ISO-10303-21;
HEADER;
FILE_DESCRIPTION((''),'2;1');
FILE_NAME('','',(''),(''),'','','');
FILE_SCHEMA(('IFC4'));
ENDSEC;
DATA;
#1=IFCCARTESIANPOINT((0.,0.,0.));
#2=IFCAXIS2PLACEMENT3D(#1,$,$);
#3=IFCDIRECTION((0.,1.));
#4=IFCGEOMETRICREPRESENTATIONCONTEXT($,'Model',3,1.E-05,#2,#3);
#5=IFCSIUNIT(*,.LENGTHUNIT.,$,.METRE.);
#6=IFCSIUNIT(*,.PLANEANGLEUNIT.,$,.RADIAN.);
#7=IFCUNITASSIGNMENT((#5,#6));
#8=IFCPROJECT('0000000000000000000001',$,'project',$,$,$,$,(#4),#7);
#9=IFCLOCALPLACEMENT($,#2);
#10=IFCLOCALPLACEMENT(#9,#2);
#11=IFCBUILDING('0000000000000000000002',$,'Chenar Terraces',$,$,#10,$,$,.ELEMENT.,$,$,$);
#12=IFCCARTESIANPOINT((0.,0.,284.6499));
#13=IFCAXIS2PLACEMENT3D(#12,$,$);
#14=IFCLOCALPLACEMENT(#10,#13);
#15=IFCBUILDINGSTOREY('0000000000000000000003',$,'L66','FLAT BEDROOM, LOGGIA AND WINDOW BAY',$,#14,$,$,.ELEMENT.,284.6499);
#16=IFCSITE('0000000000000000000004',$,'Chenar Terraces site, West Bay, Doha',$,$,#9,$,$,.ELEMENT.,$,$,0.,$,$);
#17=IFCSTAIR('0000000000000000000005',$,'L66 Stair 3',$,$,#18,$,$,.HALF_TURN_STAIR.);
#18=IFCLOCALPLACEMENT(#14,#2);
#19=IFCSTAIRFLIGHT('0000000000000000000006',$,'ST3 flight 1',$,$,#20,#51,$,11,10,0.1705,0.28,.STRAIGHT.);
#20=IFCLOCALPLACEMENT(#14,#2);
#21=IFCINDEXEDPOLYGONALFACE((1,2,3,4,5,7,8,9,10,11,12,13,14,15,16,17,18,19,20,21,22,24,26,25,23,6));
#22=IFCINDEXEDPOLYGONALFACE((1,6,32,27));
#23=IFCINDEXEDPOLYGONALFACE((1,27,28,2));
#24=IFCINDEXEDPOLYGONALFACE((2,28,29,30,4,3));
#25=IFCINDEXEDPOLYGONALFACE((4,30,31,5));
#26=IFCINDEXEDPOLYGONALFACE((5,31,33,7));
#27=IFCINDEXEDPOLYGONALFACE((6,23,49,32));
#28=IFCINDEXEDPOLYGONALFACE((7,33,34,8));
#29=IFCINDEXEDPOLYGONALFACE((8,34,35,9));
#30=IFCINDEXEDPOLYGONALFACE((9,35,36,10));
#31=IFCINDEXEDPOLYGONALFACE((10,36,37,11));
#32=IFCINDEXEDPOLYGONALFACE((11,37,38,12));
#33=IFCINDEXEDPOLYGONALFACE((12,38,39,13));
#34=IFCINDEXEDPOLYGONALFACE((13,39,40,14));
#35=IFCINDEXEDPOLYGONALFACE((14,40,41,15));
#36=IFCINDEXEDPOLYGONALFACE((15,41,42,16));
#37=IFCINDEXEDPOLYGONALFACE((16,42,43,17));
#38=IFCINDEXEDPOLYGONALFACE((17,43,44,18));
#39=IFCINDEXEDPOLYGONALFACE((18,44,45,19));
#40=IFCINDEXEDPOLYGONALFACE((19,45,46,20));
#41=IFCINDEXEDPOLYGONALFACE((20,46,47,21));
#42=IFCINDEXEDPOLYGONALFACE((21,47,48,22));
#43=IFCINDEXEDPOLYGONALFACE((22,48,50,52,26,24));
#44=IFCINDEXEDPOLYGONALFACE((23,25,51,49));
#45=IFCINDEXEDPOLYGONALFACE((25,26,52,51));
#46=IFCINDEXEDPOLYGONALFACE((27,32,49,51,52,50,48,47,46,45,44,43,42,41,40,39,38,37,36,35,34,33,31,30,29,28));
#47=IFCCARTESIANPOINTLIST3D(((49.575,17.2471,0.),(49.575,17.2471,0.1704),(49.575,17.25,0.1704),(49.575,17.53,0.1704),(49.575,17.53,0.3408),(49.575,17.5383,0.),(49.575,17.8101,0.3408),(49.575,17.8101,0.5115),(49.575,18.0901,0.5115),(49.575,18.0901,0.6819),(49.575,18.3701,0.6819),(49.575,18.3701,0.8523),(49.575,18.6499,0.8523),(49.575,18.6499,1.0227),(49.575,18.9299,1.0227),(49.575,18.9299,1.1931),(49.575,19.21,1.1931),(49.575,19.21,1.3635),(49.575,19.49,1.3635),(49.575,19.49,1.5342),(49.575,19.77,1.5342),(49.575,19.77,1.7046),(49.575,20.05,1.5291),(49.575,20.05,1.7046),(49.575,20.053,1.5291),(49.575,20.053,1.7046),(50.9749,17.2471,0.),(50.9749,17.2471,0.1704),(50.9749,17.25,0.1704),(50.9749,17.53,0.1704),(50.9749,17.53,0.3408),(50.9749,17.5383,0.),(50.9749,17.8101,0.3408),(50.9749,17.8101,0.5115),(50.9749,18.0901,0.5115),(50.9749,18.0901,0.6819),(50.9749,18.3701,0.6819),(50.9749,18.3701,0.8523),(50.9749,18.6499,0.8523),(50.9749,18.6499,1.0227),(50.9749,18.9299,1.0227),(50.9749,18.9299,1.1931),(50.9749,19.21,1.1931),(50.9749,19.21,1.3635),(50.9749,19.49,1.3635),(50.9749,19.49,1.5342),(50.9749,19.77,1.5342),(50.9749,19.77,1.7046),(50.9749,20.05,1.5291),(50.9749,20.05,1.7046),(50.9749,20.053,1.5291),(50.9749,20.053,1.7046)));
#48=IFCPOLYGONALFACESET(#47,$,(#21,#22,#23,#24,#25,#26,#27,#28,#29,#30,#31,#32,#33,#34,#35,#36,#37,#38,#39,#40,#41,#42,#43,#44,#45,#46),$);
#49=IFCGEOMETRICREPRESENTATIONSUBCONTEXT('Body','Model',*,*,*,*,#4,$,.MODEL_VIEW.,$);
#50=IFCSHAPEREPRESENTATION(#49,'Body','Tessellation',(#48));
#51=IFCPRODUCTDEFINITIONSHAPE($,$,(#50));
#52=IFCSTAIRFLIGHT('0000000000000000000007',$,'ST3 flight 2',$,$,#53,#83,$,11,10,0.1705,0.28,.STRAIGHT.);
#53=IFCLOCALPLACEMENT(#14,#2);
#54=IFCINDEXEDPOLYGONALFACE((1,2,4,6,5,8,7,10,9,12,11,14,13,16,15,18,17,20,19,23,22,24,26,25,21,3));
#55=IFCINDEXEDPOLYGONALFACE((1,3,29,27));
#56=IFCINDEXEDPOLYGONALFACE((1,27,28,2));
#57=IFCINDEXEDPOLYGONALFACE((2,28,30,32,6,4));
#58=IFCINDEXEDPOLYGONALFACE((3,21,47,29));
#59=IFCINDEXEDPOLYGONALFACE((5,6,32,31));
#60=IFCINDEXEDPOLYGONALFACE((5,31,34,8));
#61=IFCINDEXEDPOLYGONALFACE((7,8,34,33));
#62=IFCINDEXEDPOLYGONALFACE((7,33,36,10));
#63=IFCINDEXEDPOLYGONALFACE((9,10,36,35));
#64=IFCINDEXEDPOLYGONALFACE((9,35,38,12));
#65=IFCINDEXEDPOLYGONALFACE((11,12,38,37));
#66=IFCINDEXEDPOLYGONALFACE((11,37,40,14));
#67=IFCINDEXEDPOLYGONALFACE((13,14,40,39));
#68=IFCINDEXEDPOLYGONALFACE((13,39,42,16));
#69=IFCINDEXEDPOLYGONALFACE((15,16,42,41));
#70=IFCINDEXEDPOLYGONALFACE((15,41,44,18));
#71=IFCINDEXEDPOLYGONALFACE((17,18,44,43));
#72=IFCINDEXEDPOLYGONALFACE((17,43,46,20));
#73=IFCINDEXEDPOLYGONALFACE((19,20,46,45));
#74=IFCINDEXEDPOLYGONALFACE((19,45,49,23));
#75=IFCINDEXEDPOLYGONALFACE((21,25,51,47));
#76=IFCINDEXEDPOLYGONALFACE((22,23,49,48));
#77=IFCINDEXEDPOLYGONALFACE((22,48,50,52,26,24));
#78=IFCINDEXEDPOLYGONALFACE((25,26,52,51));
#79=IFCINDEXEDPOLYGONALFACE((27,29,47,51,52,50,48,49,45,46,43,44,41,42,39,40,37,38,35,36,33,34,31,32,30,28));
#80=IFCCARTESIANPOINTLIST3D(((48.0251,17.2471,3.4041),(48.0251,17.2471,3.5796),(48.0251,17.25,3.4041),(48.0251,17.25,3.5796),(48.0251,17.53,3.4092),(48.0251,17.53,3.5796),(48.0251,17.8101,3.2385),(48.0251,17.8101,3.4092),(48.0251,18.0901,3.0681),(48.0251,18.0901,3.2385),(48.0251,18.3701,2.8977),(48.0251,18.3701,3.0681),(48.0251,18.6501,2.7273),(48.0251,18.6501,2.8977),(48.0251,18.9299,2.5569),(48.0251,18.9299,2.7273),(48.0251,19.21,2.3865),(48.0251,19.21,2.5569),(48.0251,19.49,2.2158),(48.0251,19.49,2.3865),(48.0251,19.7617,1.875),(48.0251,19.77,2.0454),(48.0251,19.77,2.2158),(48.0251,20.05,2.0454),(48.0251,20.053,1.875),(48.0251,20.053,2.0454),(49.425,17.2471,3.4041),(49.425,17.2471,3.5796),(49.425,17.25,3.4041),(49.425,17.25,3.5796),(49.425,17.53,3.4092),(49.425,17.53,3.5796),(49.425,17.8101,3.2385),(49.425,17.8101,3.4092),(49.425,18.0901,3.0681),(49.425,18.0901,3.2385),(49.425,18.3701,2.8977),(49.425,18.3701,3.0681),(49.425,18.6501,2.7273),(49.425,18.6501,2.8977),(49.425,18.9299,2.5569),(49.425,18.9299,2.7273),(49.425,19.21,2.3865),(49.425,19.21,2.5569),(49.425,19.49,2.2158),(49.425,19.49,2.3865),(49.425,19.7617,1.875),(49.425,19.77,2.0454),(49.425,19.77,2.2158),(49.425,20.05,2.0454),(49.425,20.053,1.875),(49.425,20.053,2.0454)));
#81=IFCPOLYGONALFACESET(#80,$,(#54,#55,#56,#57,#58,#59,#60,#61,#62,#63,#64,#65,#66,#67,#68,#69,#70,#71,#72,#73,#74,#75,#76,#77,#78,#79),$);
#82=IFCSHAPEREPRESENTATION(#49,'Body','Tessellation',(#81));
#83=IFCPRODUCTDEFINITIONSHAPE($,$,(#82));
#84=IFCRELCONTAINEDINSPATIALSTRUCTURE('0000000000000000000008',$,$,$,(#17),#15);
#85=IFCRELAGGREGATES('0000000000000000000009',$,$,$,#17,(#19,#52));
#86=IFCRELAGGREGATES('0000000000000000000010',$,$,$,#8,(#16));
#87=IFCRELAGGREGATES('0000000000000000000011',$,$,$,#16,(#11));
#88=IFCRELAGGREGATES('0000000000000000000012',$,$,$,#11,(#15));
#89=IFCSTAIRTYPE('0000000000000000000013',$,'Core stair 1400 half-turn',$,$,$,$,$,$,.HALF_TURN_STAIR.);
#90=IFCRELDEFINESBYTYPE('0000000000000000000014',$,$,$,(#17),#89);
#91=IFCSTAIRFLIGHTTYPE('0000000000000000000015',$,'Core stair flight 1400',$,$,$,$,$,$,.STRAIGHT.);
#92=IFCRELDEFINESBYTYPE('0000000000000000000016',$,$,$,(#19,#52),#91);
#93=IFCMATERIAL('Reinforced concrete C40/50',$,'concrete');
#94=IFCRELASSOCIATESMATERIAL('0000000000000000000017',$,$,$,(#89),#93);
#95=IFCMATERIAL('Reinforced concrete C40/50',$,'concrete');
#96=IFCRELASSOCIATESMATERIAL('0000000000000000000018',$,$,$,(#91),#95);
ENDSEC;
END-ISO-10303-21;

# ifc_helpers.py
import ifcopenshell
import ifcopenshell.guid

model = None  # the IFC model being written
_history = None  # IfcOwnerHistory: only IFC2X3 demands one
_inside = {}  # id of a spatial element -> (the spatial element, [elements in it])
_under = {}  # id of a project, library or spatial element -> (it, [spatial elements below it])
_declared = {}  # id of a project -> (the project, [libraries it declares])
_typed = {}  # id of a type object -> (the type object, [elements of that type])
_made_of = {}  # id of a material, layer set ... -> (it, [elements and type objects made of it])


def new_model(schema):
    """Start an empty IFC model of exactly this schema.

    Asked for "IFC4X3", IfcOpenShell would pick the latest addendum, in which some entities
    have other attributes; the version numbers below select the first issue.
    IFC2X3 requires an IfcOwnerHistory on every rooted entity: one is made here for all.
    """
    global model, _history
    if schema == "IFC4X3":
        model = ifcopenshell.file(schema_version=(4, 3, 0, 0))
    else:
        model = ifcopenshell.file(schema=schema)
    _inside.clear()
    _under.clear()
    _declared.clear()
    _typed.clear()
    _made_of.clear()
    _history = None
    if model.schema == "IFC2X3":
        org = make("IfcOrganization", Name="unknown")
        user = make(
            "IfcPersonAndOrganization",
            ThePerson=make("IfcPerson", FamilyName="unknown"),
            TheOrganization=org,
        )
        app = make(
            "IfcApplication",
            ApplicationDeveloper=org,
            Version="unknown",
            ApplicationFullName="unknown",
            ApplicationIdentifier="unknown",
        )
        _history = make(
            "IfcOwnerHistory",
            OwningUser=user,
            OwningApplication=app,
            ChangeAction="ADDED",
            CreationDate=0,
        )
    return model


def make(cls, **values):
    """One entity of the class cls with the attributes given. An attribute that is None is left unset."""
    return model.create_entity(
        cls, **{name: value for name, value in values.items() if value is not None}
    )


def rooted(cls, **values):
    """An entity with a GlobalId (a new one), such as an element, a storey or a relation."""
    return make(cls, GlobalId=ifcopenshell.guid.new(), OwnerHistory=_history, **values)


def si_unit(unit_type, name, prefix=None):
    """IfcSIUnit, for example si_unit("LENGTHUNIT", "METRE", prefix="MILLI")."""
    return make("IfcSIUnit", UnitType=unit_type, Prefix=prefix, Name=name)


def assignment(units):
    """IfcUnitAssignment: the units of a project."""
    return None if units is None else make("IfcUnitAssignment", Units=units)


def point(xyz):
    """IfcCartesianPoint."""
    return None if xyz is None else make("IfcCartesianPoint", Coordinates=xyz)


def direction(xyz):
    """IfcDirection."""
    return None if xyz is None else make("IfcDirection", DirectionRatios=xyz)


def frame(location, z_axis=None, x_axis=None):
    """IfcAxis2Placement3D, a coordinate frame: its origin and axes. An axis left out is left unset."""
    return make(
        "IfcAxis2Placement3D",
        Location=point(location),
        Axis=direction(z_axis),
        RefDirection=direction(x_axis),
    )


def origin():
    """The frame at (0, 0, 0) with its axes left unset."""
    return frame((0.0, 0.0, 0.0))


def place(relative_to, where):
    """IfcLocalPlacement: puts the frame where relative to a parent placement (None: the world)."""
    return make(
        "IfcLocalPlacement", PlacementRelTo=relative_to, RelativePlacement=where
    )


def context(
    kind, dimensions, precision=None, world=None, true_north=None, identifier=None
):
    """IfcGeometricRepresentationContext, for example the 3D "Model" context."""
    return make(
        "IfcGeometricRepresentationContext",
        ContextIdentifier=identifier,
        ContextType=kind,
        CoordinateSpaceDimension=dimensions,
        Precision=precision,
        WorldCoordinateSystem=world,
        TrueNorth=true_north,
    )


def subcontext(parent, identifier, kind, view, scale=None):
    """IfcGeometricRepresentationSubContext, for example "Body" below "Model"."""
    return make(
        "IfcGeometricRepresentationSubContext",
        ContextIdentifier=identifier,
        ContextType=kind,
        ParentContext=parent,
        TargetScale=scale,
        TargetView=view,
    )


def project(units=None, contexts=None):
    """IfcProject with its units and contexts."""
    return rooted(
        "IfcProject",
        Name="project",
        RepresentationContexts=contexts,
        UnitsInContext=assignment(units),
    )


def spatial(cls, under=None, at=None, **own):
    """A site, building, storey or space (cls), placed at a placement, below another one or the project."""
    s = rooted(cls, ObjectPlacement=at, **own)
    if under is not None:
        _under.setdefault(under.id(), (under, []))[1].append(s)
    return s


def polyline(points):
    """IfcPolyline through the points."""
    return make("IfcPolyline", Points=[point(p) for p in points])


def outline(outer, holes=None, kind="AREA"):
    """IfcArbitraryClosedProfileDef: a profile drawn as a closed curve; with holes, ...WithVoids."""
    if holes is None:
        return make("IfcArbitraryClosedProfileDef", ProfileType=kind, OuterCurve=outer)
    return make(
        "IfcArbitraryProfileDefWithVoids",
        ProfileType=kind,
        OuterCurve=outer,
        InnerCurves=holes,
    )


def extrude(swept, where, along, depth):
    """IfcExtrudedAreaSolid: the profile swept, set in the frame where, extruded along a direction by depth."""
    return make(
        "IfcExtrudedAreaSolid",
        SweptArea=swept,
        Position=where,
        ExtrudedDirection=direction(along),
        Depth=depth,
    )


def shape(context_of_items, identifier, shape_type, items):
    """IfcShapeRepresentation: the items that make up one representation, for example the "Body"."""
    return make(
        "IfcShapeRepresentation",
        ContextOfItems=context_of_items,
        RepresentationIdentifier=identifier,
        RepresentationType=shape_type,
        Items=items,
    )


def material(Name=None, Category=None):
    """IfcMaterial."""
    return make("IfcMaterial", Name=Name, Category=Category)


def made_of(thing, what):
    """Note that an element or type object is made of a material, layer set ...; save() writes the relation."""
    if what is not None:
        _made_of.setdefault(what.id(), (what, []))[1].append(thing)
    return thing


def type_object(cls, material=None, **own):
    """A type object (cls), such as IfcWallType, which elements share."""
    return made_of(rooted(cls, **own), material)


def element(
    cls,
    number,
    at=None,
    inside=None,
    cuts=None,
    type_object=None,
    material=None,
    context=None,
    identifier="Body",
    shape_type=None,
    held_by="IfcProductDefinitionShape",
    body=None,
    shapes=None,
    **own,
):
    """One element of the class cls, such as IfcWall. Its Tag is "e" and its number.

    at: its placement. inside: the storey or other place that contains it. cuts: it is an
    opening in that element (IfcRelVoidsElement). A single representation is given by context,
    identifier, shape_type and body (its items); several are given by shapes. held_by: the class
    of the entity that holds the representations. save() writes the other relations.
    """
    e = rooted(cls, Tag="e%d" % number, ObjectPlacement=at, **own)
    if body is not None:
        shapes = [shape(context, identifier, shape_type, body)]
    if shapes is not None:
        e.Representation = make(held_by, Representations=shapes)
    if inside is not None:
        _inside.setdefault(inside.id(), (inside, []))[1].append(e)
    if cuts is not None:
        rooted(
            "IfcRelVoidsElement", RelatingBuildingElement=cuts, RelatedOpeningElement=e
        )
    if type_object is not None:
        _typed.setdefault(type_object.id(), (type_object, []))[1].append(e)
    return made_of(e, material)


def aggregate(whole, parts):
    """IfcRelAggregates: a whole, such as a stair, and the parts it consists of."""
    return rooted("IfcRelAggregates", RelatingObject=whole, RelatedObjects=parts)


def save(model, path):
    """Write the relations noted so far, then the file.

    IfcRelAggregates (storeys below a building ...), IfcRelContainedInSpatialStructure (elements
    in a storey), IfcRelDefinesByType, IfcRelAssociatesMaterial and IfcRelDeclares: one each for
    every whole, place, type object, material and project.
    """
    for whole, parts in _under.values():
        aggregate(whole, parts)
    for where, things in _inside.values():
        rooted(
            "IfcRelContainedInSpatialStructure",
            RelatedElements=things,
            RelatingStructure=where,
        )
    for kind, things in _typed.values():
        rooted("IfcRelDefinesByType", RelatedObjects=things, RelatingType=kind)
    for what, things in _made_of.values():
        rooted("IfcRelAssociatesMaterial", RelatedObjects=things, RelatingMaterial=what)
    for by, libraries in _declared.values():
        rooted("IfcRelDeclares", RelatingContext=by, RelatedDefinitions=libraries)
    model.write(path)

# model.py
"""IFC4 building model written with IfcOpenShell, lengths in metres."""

from ifc_helpers import new_model, si_unit, direction, frame, origin, place, context, subcontext, project, spatial, polyline, outline, extrude, material, type_object, element, aggregate, save


model = new_model("IFC4")

# Units and contexts
model_context = context("Model", 3, precision=1e-05, world=origin(), true_north=direction((0.0, 1.0)))
body_context = subcontext(model_context, "Body", "Model", "MODEL_VIEW")
ifc_project = project(units=[si_unit("LENGTHUNIT", "METRE"), si_unit("PLANEANGLEUNIT", "RADIAN")], contexts=[model_context])

# Site, building, storey
site_placement = place(None, origin())
site = spatial("IfcSite", under=ifc_project, at=site_placement, Name="Chenar Terraces site, West Bay, Doha", CompositionType="ELEMENT", RefElevation=0.0)
building_placement = place(site_placement, origin())
building = spatial("IfcBuilding", under=site, at=building_placement, Name="Chenar Terraces", CompositionType="ELEMENT")
storey_placement = place(building_placement, frame((0.0, 0.0, 284.6499)))
storey = spatial("IfcBuildingStorey", under=building, at=storey_placement, Name="L66", Description="FLAT BEDROOM, LOGGIA AND WINDOW BAY", CompositionType="ELEMENT", Elevation=284.6499)

# Stair, stair flights
ifc_material_1 = material(Name="Reinforced concrete C40/50", Category="concrete")
stair_type = type_object("IfcStairType", Name="Core stair 1400 half-turn", PredefinedType="HALF_TURN_STAIR", material=ifc_material_1)
stair_placement = place(storey_placement, origin())
stair = element("IfcStair", 1, at=stair_placement, inside=storey, type_object=stair_type, Name="L66 Stair 3", PredefinedType="HALF_TURN_STAIR")
ifc_material_2 = material(Name="Reinforced concrete C40/50", Category="concrete")
stair_flight_type = type_object("IfcStairFlightType", Name="Core stair flight 1400", PredefinedType="STRAIGHT", material=ifc_material_2)
stair_flight_1_placement = place(storey_placement, frame((50.2749, 17.25, 0.0), z_axis=(0.0, 0.0, 1.0), x_axis=(0.0, 1.0, 0.0)))
stair_flight_1 = element("IfcStairFlight", 2, at=stair_flight_1_placement, type_object=stair_flight_type, Name="ST3 flight 1", NumberOfRisers=11, NumberOfTreads=10, PredefinedType="STRAIGHT", RiserHeight=0.1705, TreadLength=0.28, context=body_context, shape_type="SweptSolid", body=[
    extrude(outline(polyline([(-0.0029, 0.0), (-0.0029, 0.1704), (0.0, 0.1704), (0.28, 0.1704), (0.28, 0.3408), (0.5601, 0.3408), (0.5601, 0.5115), (0.8401, 0.5115), (0.8401, 0.6819), (1.1201, 0.6819), (1.1201, 0.8523), (1.3999, 0.8523), (1.3999, 1.0227), (1.6799, 1.0227), (1.6799, 1.1931), (1.96, 1.1931), (1.96, 1.3635), (2.24, 1.3635), (2.24, 1.5342), (2.52, 1.5342), (2.52, 1.7046), (2.8, 1.7046), (2.803, 1.7046), (2.803, 1.5291), (2.8, 1.5291), (0.2883, 0.0), (-0.0029, 0.0)])), frame((0.0, 0.7, 0.0), z_axis=(0.0, -1.0, 0.0), x_axis=(1.0, 0.0, 0.0)), (0.0, 0.0, 1.0), 1.3999),
])
stair_flight_2_placement = place(storey_placement, frame((48.7251, 20.05, 1.875), z_axis=(0.0, 0.0, 1.0), x_axis=(0.0, -1.0, 0.0)))
stair_flight_2 = element("IfcStairFlight", 3, at=stair_flight_2_placement, type_object=stair_flight_type, Name="ST3 flight 2", NumberOfRisers=11, NumberOfTreads=10, PredefinedType="STRAIGHT", RiserHeight=0.1705, TreadLength=0.28, context=body_context, shape_type="SweptSolid", body=[
    extrude(outline(polyline([(-0.0029, 0.0), (-0.0029, 0.1704), (0.0, 0.1704), (0.28, 0.1704), (0.28, 0.3408), (0.5601, 0.3408), (0.5601, 0.5115), (0.8401, 0.5115), (0.8401, 0.6819), (1.1201, 0.6819), (1.1201, 0.8523), (1.3999, 0.8523), (1.3999, 1.0227), (1.6799, 1.0227), (1.6799, 1.1931), (1.96, 1.1931), (1.96, 1.3635), (2.24, 1.3635), (2.24, 1.5342), (2.52, 1.5342), (2.52, 1.7046), (2.8, 1.7046), (2.803, 1.7046), (2.803, 1.5291), (2.8, 1.5291), (0.2883, 0.0), (-0.0029, 0.0)])), frame((0.0, 0.7, 0.0), z_axis=(0.0, -1.0, 0.0), x_axis=(1.0, 0.0, 0.0)), (0.0, 0.0, 1.0), 1.3999),
])
aggregate(stair, [stair_flight_1, stair_flight_2])

save(model, "model.ifc")
